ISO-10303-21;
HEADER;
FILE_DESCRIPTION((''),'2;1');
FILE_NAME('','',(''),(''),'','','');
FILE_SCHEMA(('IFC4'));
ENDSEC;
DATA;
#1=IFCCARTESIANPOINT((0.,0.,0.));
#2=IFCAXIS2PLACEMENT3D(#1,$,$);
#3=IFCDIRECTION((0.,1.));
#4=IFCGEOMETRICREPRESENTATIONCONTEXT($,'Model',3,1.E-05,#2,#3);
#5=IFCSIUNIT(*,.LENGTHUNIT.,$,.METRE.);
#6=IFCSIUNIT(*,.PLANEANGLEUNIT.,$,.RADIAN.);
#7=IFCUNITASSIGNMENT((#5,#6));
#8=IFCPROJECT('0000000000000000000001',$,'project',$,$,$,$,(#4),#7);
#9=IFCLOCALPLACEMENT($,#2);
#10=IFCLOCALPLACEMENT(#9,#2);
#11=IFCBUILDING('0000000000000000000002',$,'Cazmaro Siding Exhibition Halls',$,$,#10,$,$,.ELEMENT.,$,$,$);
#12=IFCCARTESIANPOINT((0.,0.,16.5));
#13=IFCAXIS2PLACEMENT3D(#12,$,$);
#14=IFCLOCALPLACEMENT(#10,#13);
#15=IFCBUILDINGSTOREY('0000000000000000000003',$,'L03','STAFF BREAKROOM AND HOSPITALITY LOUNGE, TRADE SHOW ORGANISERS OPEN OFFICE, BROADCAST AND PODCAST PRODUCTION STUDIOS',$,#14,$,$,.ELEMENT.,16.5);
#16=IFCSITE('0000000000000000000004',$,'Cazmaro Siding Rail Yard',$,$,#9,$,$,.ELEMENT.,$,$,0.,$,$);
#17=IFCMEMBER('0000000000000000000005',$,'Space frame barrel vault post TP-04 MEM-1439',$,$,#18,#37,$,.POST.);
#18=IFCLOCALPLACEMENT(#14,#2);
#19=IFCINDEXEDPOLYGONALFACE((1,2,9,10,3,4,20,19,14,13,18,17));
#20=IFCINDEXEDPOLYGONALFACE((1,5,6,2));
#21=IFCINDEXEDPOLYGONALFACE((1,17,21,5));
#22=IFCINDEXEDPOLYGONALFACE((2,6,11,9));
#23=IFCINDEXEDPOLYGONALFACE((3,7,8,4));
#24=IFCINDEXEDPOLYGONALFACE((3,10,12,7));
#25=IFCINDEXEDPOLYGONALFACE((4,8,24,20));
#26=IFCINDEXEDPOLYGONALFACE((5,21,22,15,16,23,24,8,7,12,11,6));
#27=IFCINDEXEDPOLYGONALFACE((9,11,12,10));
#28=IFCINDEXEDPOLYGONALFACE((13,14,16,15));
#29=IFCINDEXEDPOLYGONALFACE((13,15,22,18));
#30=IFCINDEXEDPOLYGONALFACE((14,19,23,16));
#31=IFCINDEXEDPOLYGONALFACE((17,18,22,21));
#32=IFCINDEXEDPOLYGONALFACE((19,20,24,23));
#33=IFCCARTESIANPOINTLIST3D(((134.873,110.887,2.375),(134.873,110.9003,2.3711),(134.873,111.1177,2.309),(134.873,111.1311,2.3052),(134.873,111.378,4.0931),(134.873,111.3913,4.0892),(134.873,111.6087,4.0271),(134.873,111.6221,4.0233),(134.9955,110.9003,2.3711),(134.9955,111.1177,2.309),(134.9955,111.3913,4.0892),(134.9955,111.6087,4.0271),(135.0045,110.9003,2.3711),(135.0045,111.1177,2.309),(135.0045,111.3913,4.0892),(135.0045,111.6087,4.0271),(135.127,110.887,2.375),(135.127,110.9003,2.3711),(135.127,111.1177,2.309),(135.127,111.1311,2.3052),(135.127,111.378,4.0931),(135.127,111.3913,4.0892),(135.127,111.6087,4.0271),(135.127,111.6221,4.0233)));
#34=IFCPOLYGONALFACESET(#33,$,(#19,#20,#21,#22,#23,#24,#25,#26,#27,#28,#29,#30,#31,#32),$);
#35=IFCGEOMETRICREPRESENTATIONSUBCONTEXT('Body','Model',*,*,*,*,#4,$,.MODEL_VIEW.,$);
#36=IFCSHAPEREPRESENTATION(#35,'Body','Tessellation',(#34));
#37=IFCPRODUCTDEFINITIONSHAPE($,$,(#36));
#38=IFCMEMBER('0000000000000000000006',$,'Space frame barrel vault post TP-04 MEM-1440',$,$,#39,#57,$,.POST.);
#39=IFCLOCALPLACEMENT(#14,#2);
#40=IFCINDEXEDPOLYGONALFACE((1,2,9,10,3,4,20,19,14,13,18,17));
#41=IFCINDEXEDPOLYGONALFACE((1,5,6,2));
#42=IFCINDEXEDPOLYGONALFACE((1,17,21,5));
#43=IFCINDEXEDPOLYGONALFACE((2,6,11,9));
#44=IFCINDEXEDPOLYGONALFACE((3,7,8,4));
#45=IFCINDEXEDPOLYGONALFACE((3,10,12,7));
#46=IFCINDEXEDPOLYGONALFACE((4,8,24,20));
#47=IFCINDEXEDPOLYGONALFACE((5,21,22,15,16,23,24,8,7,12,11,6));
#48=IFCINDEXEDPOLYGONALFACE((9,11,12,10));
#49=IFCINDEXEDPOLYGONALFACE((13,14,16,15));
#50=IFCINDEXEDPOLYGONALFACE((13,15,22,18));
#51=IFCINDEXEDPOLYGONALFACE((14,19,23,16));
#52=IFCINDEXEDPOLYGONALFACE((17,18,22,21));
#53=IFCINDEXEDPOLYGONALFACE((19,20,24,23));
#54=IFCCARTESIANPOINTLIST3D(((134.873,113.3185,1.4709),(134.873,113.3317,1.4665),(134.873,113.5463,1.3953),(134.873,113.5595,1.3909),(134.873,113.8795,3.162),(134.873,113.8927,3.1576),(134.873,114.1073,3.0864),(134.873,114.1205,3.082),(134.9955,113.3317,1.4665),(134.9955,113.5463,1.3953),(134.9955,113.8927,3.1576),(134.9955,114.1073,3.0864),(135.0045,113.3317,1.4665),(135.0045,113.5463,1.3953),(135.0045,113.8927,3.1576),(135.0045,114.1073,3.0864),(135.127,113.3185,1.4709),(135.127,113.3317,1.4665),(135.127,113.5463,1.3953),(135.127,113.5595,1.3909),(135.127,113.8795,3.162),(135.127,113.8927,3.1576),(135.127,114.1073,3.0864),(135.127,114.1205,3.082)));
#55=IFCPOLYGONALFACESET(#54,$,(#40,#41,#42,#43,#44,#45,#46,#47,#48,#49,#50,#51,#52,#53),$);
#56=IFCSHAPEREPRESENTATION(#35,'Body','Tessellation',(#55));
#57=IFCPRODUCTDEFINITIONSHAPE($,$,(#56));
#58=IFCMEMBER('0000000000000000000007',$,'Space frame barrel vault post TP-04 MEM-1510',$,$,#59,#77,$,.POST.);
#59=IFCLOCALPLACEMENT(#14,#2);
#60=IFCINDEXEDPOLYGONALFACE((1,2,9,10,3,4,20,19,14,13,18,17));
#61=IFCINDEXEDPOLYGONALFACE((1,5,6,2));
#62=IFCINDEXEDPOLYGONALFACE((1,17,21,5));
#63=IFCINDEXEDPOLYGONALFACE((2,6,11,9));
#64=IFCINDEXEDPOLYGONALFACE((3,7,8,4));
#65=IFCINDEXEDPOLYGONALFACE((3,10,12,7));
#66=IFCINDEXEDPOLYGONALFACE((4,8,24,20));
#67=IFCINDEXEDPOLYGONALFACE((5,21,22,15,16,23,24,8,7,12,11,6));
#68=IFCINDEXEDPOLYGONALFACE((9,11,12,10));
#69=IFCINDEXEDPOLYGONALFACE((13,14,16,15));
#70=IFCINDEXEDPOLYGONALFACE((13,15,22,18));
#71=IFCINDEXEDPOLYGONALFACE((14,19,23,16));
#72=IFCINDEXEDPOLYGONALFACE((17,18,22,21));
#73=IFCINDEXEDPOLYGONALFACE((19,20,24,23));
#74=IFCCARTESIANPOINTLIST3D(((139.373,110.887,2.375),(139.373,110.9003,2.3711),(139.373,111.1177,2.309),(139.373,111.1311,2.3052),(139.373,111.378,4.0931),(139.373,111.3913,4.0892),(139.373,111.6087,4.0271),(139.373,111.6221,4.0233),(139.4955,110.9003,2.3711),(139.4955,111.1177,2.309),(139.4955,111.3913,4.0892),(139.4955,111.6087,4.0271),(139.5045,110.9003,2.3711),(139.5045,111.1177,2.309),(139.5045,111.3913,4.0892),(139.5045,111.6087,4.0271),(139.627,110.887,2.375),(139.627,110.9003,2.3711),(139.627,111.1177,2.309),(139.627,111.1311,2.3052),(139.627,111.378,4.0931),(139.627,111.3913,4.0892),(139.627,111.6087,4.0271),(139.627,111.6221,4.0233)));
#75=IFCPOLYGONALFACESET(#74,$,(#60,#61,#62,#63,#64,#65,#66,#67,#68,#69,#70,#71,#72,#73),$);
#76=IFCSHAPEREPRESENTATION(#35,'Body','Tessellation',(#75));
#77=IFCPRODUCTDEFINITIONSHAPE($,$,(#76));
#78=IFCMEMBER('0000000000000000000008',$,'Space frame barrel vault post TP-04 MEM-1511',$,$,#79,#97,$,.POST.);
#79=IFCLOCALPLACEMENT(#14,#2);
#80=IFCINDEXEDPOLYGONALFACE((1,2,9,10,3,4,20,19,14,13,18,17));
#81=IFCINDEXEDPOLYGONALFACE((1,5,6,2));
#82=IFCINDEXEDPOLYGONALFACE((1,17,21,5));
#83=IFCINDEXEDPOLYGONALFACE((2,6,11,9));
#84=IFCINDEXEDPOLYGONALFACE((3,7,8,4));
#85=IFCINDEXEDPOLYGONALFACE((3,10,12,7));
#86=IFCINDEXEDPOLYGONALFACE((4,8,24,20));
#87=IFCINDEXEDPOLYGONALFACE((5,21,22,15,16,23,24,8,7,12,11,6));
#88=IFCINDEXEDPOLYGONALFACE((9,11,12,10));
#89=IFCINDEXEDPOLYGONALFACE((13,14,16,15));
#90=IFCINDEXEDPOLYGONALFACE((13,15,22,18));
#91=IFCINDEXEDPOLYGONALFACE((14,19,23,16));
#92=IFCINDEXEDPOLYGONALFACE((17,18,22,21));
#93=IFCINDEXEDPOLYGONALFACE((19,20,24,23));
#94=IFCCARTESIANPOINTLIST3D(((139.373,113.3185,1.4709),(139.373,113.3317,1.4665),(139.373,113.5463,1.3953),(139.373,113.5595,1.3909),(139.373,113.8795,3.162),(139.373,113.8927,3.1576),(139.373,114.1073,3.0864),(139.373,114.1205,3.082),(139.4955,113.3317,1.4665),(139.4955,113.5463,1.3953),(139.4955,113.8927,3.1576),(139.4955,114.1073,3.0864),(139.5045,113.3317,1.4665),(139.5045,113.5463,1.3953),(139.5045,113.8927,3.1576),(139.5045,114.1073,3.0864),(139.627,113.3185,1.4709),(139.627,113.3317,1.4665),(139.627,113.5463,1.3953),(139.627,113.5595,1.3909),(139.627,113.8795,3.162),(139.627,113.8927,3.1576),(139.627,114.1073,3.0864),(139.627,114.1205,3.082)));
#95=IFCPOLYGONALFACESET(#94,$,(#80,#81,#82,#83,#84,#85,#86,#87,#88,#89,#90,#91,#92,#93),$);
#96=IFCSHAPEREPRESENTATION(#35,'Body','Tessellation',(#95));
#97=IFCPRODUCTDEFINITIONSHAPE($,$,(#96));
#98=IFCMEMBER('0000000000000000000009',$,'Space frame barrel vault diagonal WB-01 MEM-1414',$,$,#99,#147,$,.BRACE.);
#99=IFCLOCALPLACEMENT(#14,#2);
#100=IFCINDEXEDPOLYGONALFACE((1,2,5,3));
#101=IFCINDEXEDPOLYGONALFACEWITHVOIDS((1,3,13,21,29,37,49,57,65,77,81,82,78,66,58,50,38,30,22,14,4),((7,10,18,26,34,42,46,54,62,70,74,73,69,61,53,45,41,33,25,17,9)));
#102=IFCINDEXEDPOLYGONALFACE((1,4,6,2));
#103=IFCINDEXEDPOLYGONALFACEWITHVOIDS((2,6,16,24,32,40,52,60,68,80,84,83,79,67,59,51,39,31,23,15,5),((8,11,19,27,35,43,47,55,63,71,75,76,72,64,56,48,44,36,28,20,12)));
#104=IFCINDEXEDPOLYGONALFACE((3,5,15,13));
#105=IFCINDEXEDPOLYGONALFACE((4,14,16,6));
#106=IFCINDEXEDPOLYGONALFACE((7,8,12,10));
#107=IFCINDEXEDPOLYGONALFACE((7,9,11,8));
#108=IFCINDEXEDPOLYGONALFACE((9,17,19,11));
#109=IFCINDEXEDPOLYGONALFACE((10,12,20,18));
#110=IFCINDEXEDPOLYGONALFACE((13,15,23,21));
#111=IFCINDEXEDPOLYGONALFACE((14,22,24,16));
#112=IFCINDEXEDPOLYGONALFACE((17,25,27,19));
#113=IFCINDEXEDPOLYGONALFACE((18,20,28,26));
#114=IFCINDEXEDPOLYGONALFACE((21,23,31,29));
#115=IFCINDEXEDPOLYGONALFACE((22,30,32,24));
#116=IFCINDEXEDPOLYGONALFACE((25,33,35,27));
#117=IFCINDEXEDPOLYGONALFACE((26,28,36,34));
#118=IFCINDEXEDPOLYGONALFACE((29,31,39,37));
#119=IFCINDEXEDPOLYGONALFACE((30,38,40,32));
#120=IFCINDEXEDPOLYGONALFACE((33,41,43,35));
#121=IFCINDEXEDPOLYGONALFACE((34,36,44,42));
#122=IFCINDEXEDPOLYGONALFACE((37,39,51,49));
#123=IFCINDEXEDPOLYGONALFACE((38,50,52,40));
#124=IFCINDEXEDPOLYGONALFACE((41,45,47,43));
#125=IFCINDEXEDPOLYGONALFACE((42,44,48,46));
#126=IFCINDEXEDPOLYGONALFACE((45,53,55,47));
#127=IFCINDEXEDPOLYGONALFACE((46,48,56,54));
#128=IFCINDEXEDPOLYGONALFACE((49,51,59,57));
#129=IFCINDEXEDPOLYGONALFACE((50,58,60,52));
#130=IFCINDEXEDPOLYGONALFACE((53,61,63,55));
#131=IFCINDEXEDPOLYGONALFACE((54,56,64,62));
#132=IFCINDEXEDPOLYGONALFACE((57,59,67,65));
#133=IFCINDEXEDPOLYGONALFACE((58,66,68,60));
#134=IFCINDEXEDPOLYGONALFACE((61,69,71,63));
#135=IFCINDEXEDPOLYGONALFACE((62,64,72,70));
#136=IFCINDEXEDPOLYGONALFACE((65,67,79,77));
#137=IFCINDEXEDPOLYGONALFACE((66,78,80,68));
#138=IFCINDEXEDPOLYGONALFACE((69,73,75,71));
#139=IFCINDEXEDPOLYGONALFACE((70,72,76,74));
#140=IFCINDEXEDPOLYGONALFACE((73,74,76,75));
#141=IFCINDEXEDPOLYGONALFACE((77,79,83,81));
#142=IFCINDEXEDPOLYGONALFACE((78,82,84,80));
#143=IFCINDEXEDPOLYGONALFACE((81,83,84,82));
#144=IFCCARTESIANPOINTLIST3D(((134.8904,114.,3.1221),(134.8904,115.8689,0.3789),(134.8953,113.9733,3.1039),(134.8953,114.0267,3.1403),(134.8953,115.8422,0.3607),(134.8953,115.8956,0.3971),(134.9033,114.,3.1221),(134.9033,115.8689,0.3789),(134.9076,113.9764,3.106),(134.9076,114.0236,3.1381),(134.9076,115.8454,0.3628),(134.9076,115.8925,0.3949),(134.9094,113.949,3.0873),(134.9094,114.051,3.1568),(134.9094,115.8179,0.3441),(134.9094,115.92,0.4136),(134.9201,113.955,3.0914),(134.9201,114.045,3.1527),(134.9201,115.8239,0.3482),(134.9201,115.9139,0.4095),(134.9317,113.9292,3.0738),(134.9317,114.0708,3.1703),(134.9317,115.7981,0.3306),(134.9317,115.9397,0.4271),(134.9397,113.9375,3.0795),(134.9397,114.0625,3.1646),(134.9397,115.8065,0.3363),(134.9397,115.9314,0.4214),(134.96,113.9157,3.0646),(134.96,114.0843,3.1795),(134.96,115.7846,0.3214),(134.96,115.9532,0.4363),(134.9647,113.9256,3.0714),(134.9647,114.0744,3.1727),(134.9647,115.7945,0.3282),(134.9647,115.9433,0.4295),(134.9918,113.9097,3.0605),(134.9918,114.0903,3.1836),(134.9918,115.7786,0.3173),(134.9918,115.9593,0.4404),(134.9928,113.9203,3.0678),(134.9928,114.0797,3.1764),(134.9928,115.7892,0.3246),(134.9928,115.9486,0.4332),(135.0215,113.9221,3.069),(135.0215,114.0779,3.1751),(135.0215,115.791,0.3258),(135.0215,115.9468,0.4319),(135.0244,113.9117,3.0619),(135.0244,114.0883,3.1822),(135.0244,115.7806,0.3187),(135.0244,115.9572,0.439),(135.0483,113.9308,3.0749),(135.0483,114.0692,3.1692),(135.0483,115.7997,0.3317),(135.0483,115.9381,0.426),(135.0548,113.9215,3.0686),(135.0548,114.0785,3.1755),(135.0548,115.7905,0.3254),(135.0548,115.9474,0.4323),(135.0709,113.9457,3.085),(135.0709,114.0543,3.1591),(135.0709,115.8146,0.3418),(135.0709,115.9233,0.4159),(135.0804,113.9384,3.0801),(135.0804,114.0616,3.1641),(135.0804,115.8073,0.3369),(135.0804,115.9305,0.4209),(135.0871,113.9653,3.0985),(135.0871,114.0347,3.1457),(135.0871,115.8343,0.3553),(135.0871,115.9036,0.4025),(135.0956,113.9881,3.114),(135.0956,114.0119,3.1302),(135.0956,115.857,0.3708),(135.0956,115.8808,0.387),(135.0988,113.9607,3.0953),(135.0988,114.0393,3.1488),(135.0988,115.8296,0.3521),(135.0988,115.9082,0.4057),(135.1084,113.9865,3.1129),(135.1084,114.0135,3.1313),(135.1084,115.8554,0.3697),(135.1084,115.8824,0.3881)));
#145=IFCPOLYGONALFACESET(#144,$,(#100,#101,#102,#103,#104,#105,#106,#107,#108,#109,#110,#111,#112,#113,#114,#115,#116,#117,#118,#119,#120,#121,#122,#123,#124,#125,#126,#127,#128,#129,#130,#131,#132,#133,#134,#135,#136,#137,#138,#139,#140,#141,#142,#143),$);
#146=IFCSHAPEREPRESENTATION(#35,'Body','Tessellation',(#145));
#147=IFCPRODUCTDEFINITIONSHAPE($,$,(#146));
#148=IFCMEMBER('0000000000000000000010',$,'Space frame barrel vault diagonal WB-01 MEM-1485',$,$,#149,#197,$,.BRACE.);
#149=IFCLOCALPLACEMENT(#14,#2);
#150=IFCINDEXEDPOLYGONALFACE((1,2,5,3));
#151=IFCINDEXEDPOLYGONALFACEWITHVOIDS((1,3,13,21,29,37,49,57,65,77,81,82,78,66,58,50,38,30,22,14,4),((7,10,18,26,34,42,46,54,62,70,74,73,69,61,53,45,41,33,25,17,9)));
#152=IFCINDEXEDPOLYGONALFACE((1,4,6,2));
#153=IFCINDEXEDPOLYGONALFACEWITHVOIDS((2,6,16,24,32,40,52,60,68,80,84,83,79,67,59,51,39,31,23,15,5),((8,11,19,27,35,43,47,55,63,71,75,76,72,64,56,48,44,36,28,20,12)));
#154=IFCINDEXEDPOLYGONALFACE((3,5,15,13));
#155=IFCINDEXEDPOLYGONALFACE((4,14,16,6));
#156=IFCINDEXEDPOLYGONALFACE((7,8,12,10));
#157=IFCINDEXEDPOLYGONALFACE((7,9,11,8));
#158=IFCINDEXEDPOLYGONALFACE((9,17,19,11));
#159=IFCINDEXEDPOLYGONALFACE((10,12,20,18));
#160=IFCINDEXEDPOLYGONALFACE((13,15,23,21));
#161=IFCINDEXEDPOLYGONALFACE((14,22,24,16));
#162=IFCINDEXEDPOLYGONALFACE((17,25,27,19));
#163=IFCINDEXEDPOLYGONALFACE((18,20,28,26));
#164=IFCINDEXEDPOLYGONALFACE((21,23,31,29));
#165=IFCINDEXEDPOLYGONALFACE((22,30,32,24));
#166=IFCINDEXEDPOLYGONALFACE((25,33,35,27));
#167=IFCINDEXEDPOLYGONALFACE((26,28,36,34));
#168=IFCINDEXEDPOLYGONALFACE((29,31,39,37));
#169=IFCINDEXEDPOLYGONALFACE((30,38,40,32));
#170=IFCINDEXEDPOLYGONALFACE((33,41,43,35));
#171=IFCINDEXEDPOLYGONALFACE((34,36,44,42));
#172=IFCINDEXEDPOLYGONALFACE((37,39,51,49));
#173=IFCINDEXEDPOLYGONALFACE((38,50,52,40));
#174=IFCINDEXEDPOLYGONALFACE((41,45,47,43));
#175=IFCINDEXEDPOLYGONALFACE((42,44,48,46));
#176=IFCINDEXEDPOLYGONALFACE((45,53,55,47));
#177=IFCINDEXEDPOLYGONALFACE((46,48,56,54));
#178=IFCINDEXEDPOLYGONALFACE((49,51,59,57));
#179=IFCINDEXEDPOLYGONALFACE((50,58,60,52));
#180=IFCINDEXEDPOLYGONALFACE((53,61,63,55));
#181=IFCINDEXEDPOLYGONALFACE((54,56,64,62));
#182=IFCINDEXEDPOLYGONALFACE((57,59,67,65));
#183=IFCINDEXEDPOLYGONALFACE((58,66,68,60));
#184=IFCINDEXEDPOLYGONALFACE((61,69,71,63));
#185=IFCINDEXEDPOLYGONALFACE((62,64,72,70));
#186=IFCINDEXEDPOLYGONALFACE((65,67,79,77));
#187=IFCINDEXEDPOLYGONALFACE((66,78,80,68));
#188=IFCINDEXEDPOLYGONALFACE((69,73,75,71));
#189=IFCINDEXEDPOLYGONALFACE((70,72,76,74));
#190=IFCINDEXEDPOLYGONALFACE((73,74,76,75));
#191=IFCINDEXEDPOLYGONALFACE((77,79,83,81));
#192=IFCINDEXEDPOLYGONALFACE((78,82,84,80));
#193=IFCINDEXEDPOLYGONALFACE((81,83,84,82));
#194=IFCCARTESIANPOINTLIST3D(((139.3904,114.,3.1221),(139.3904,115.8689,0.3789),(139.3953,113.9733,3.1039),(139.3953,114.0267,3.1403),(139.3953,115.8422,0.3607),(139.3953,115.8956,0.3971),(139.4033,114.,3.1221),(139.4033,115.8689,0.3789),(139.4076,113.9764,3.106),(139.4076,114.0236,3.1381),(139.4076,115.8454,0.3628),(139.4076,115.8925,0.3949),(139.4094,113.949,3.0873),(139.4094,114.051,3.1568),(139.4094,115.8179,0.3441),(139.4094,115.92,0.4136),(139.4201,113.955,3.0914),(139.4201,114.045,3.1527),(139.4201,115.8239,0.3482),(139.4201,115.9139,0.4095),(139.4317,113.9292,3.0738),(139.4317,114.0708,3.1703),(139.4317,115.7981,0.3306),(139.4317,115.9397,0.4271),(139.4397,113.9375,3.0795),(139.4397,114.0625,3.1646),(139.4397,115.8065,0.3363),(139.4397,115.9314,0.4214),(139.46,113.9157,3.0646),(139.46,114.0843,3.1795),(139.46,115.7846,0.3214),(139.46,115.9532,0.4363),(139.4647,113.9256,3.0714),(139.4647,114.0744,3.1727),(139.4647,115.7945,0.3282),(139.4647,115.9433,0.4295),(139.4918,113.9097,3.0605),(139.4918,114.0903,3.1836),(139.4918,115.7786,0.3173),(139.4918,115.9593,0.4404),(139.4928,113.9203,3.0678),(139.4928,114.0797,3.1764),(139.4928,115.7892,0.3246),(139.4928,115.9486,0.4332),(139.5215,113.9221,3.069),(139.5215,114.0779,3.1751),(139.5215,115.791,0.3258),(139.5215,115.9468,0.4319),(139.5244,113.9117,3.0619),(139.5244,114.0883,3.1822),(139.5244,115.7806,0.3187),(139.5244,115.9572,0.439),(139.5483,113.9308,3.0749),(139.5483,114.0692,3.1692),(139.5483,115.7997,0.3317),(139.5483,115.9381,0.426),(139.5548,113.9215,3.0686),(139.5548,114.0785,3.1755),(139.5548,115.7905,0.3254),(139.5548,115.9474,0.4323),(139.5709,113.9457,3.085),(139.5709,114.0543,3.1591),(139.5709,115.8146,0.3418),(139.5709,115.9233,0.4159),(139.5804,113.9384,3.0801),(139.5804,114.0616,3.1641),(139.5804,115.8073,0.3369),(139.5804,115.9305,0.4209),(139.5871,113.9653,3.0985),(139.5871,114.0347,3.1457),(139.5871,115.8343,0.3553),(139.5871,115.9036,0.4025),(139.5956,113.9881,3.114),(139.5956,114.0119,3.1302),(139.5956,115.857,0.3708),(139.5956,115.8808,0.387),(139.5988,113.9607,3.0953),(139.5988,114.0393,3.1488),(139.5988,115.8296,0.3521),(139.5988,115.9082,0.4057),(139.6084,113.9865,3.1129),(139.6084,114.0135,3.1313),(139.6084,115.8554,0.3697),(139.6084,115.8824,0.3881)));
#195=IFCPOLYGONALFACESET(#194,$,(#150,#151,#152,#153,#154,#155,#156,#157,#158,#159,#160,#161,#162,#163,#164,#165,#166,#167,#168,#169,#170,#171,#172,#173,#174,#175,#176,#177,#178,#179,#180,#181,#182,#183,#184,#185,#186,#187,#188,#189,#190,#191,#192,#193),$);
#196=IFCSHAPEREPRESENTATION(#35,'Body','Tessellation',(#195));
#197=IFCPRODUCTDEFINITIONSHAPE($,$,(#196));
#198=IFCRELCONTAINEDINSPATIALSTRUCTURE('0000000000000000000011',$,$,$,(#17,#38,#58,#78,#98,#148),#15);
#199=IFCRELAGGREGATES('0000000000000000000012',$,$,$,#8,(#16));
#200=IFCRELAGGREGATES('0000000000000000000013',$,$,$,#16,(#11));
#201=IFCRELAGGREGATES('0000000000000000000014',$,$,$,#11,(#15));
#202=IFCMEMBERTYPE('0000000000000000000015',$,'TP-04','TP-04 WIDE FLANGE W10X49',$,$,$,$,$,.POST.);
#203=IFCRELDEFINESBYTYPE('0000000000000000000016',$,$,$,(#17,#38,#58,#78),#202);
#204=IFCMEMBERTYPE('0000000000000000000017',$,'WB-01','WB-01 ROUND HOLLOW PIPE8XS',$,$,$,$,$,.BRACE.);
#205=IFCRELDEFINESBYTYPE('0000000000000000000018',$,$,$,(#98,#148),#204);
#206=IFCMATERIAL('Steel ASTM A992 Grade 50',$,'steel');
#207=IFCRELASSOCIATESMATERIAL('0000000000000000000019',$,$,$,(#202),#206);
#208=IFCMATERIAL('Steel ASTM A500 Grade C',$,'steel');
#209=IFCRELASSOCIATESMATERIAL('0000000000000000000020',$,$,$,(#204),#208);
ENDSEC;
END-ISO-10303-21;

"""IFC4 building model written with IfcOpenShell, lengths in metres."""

from ifc_helpers import new_model, si_unit, direction, frame, origin, origin_2d, place, context, subcontext, project, spatial, hollow_circle, i_section, extrude, material, material_profile, profile_set, type_object, element, save


model = new_model("IFC4")

# Units and contexts
model_context = context("Model", 3, precision=1e-05, world=origin(), true_north=direction((0.0, 1.0)))
body_context = subcontext(model_context, "Body", "Model", "MODEL_VIEW")
ifc_project = project(units=[si_unit("LENGTHUNIT", "METRE"), si_unit("PLANEANGLEUNIT", "RADIAN")], contexts=[model_context])

# Site, building, storey
site_placement = place(None, origin())
site = spatial("IfcSite", under=ifc_project, at=site_placement, Name="Cazmaro Siding Rail Yard", CompositionType="ELEMENT", RefElevation=0.0)
building_placement = place(site_placement, origin())
building = spatial("IfcBuilding", under=site, at=building_placement, Name="Cazmaro Siding Exhibition Halls", CompositionType="ELEMENT")
storey_placement = place(building_placement, frame((0.0, 0.0, 16.5)))
storey = spatial("IfcBuildingStorey", under=building, at=storey_placement, Name="L03", Description="STAFF BREAKROOM AND HOSPITALITY LOUNGE, TRADE SHOW ORGANISERS OPEN OFFICE, BROADCAST AND PODCAST PRODUCTION STUDIOS", CompositionType="ELEMENT", Elevation=16.5)

# Members
ifc_material_1 = material(Name="Steel ASTM A992 Grade 50", Category="steel")
ifc_material_profile_1 = material_profile(ifc_material_1, i_section(OverallWidth=0.2539, OverallDepth=0.2539, WebThickness=0.009, FlangeThickness=0.0139, at=origin_2d()), Name="W10X49")
ifc_profile_set_1 = profile_set([ifc_material_profile_1], Name="Steel ASTM A992 Grade 50")
member_type_1 = type_object("IfcMemberType", Name="TP-04", Description="TP-04 WIDE FLANGE W10X49", PredefinedType="POST", material=ifc_profile_set_1)
member_1_placement = place(storey_placement, frame((135.0, 111.009, 2.3401), z_axis=(0.0, 0.274775, 0.961508), x_axis=(-1.0, 0.0, 0.0)))
element("IfcMember", 1, at=member_1_placement, inside=storey, type_object=member_type_1, Name="Space frame barrel vault post TP-04 MEM-1439", PredefinedType="POST", context=body_context, shape_type="SweptSolid", body=[
    extrude(i_section(OverallWidth=0.2539, OverallDepth=0.2539, WebThickness=0.009, FlangeThickness=0.0139, at=origin_2d()), origin(), (0.0, 0.0, 1.0), 1.7869),
])
member_2_placement = place(storey_placement, frame((135.0, 113.439, 1.4309), z_axis=(0.0, 0.314871, 0.949134), x_axis=(-1.0, 0.0, 0.0)))
element("IfcMember", 2, at=member_2_placement, inside=storey, type_object=member_type_1, Name="Space frame barrel vault post TP-04 MEM-1440", PredefinedType="POST", context=body_context, shape_type="SweptSolid", body=[
    extrude(i_section(OverallWidth=0.2539, OverallDepth=0.2539, WebThickness=0.009, FlangeThickness=0.0139, at=origin_2d()), origin(), (0.0, 0.0, 1.0), 1.7817),
])
member_3_placement = place(storey_placement, frame((139.5, 111.009, 2.3401), z_axis=(0.0, 0.274775, 0.961508), x_axis=(-1.0, 0.0, 0.0)))
element("IfcMember", 3, at=member_3_placement, inside=storey, type_object=member_type_1, Name="Space frame barrel vault post TP-04 MEM-1510", PredefinedType="POST", context=body_context, shape_type="SweptSolid", body=[
    extrude(i_section(OverallWidth=0.2539, OverallDepth=0.2539, WebThickness=0.009, FlangeThickness=0.0139, at=origin_2d()), origin(), (0.0, 0.0, 1.0), 1.7869),
])
member_4_placement = place(storey_placement, frame((139.5, 113.439, 1.4309), z_axis=(0.0, 0.314871, 0.949134), x_axis=(-1.0, 0.0, 0.0)))
element("IfcMember", 4, at=member_4_placement, inside=storey, type_object=member_type_1, Name="Space frame barrel vault post TP-04 MEM-1511", PredefinedType="POST", context=body_context, shape_type="SweptSolid", body=[
    extrude(i_section(OverallWidth=0.2539, OverallDepth=0.2539, WebThickness=0.009, FlangeThickness=0.0139, at=origin_2d()), origin(), (0.0, 0.0, 1.0), 1.7817),
])
ifc_material_2 = material(Name="Steel ASTM A500 Grade C", Category="steel")
ifc_material_profile_2 = material_profile(ifc_material_2, hollow_circle(Radius=0.1096, WallThickness=0.0129, at=origin_2d()), Name="PIPE8XS")
ifc_profile_set_2 = profile_set([ifc_material_profile_2], Name="Steel ASTM A500 Grade C")
member_type_2 = type_object("IfcMemberType", Name="WB-01", Description="WB-01 ROUND HOLLOW PIPE8XS", PredefinedType="BRACE", material=ifc_profile_set_2)
for number, where, z_axis, x_axis, name in (
    (5, (135.0, 114.0, 3.1221), (0.0, 0.56304, -0.82643), (-1.0, 0.0, 0.0), "Space frame barrel vault diagonal WB-01 MEM-1414"),
    (6, (139.5, 114.0, 3.1221), (0.0, 0.56304, -0.82643), (-1.0, 0.0, 0.0), "Space frame barrel vault diagonal WB-01 MEM-1485"),
):
    element("IfcMember", number, at=place(storey_placement, frame(where, z_axis=z_axis, x_axis=x_axis)), inside=storey, type_object=member_type_2, Name=name, PredefinedType="BRACE", context=body_context, shape_type="SweptSolid", body=[
        extrude(hollow_circle(Radius=0.1096, WallThickness=0.0129, at=origin_2d()), origin(), (0.0, 0.0, 1.0), 3.3193),
    ])

save(model, "model.ifc")
